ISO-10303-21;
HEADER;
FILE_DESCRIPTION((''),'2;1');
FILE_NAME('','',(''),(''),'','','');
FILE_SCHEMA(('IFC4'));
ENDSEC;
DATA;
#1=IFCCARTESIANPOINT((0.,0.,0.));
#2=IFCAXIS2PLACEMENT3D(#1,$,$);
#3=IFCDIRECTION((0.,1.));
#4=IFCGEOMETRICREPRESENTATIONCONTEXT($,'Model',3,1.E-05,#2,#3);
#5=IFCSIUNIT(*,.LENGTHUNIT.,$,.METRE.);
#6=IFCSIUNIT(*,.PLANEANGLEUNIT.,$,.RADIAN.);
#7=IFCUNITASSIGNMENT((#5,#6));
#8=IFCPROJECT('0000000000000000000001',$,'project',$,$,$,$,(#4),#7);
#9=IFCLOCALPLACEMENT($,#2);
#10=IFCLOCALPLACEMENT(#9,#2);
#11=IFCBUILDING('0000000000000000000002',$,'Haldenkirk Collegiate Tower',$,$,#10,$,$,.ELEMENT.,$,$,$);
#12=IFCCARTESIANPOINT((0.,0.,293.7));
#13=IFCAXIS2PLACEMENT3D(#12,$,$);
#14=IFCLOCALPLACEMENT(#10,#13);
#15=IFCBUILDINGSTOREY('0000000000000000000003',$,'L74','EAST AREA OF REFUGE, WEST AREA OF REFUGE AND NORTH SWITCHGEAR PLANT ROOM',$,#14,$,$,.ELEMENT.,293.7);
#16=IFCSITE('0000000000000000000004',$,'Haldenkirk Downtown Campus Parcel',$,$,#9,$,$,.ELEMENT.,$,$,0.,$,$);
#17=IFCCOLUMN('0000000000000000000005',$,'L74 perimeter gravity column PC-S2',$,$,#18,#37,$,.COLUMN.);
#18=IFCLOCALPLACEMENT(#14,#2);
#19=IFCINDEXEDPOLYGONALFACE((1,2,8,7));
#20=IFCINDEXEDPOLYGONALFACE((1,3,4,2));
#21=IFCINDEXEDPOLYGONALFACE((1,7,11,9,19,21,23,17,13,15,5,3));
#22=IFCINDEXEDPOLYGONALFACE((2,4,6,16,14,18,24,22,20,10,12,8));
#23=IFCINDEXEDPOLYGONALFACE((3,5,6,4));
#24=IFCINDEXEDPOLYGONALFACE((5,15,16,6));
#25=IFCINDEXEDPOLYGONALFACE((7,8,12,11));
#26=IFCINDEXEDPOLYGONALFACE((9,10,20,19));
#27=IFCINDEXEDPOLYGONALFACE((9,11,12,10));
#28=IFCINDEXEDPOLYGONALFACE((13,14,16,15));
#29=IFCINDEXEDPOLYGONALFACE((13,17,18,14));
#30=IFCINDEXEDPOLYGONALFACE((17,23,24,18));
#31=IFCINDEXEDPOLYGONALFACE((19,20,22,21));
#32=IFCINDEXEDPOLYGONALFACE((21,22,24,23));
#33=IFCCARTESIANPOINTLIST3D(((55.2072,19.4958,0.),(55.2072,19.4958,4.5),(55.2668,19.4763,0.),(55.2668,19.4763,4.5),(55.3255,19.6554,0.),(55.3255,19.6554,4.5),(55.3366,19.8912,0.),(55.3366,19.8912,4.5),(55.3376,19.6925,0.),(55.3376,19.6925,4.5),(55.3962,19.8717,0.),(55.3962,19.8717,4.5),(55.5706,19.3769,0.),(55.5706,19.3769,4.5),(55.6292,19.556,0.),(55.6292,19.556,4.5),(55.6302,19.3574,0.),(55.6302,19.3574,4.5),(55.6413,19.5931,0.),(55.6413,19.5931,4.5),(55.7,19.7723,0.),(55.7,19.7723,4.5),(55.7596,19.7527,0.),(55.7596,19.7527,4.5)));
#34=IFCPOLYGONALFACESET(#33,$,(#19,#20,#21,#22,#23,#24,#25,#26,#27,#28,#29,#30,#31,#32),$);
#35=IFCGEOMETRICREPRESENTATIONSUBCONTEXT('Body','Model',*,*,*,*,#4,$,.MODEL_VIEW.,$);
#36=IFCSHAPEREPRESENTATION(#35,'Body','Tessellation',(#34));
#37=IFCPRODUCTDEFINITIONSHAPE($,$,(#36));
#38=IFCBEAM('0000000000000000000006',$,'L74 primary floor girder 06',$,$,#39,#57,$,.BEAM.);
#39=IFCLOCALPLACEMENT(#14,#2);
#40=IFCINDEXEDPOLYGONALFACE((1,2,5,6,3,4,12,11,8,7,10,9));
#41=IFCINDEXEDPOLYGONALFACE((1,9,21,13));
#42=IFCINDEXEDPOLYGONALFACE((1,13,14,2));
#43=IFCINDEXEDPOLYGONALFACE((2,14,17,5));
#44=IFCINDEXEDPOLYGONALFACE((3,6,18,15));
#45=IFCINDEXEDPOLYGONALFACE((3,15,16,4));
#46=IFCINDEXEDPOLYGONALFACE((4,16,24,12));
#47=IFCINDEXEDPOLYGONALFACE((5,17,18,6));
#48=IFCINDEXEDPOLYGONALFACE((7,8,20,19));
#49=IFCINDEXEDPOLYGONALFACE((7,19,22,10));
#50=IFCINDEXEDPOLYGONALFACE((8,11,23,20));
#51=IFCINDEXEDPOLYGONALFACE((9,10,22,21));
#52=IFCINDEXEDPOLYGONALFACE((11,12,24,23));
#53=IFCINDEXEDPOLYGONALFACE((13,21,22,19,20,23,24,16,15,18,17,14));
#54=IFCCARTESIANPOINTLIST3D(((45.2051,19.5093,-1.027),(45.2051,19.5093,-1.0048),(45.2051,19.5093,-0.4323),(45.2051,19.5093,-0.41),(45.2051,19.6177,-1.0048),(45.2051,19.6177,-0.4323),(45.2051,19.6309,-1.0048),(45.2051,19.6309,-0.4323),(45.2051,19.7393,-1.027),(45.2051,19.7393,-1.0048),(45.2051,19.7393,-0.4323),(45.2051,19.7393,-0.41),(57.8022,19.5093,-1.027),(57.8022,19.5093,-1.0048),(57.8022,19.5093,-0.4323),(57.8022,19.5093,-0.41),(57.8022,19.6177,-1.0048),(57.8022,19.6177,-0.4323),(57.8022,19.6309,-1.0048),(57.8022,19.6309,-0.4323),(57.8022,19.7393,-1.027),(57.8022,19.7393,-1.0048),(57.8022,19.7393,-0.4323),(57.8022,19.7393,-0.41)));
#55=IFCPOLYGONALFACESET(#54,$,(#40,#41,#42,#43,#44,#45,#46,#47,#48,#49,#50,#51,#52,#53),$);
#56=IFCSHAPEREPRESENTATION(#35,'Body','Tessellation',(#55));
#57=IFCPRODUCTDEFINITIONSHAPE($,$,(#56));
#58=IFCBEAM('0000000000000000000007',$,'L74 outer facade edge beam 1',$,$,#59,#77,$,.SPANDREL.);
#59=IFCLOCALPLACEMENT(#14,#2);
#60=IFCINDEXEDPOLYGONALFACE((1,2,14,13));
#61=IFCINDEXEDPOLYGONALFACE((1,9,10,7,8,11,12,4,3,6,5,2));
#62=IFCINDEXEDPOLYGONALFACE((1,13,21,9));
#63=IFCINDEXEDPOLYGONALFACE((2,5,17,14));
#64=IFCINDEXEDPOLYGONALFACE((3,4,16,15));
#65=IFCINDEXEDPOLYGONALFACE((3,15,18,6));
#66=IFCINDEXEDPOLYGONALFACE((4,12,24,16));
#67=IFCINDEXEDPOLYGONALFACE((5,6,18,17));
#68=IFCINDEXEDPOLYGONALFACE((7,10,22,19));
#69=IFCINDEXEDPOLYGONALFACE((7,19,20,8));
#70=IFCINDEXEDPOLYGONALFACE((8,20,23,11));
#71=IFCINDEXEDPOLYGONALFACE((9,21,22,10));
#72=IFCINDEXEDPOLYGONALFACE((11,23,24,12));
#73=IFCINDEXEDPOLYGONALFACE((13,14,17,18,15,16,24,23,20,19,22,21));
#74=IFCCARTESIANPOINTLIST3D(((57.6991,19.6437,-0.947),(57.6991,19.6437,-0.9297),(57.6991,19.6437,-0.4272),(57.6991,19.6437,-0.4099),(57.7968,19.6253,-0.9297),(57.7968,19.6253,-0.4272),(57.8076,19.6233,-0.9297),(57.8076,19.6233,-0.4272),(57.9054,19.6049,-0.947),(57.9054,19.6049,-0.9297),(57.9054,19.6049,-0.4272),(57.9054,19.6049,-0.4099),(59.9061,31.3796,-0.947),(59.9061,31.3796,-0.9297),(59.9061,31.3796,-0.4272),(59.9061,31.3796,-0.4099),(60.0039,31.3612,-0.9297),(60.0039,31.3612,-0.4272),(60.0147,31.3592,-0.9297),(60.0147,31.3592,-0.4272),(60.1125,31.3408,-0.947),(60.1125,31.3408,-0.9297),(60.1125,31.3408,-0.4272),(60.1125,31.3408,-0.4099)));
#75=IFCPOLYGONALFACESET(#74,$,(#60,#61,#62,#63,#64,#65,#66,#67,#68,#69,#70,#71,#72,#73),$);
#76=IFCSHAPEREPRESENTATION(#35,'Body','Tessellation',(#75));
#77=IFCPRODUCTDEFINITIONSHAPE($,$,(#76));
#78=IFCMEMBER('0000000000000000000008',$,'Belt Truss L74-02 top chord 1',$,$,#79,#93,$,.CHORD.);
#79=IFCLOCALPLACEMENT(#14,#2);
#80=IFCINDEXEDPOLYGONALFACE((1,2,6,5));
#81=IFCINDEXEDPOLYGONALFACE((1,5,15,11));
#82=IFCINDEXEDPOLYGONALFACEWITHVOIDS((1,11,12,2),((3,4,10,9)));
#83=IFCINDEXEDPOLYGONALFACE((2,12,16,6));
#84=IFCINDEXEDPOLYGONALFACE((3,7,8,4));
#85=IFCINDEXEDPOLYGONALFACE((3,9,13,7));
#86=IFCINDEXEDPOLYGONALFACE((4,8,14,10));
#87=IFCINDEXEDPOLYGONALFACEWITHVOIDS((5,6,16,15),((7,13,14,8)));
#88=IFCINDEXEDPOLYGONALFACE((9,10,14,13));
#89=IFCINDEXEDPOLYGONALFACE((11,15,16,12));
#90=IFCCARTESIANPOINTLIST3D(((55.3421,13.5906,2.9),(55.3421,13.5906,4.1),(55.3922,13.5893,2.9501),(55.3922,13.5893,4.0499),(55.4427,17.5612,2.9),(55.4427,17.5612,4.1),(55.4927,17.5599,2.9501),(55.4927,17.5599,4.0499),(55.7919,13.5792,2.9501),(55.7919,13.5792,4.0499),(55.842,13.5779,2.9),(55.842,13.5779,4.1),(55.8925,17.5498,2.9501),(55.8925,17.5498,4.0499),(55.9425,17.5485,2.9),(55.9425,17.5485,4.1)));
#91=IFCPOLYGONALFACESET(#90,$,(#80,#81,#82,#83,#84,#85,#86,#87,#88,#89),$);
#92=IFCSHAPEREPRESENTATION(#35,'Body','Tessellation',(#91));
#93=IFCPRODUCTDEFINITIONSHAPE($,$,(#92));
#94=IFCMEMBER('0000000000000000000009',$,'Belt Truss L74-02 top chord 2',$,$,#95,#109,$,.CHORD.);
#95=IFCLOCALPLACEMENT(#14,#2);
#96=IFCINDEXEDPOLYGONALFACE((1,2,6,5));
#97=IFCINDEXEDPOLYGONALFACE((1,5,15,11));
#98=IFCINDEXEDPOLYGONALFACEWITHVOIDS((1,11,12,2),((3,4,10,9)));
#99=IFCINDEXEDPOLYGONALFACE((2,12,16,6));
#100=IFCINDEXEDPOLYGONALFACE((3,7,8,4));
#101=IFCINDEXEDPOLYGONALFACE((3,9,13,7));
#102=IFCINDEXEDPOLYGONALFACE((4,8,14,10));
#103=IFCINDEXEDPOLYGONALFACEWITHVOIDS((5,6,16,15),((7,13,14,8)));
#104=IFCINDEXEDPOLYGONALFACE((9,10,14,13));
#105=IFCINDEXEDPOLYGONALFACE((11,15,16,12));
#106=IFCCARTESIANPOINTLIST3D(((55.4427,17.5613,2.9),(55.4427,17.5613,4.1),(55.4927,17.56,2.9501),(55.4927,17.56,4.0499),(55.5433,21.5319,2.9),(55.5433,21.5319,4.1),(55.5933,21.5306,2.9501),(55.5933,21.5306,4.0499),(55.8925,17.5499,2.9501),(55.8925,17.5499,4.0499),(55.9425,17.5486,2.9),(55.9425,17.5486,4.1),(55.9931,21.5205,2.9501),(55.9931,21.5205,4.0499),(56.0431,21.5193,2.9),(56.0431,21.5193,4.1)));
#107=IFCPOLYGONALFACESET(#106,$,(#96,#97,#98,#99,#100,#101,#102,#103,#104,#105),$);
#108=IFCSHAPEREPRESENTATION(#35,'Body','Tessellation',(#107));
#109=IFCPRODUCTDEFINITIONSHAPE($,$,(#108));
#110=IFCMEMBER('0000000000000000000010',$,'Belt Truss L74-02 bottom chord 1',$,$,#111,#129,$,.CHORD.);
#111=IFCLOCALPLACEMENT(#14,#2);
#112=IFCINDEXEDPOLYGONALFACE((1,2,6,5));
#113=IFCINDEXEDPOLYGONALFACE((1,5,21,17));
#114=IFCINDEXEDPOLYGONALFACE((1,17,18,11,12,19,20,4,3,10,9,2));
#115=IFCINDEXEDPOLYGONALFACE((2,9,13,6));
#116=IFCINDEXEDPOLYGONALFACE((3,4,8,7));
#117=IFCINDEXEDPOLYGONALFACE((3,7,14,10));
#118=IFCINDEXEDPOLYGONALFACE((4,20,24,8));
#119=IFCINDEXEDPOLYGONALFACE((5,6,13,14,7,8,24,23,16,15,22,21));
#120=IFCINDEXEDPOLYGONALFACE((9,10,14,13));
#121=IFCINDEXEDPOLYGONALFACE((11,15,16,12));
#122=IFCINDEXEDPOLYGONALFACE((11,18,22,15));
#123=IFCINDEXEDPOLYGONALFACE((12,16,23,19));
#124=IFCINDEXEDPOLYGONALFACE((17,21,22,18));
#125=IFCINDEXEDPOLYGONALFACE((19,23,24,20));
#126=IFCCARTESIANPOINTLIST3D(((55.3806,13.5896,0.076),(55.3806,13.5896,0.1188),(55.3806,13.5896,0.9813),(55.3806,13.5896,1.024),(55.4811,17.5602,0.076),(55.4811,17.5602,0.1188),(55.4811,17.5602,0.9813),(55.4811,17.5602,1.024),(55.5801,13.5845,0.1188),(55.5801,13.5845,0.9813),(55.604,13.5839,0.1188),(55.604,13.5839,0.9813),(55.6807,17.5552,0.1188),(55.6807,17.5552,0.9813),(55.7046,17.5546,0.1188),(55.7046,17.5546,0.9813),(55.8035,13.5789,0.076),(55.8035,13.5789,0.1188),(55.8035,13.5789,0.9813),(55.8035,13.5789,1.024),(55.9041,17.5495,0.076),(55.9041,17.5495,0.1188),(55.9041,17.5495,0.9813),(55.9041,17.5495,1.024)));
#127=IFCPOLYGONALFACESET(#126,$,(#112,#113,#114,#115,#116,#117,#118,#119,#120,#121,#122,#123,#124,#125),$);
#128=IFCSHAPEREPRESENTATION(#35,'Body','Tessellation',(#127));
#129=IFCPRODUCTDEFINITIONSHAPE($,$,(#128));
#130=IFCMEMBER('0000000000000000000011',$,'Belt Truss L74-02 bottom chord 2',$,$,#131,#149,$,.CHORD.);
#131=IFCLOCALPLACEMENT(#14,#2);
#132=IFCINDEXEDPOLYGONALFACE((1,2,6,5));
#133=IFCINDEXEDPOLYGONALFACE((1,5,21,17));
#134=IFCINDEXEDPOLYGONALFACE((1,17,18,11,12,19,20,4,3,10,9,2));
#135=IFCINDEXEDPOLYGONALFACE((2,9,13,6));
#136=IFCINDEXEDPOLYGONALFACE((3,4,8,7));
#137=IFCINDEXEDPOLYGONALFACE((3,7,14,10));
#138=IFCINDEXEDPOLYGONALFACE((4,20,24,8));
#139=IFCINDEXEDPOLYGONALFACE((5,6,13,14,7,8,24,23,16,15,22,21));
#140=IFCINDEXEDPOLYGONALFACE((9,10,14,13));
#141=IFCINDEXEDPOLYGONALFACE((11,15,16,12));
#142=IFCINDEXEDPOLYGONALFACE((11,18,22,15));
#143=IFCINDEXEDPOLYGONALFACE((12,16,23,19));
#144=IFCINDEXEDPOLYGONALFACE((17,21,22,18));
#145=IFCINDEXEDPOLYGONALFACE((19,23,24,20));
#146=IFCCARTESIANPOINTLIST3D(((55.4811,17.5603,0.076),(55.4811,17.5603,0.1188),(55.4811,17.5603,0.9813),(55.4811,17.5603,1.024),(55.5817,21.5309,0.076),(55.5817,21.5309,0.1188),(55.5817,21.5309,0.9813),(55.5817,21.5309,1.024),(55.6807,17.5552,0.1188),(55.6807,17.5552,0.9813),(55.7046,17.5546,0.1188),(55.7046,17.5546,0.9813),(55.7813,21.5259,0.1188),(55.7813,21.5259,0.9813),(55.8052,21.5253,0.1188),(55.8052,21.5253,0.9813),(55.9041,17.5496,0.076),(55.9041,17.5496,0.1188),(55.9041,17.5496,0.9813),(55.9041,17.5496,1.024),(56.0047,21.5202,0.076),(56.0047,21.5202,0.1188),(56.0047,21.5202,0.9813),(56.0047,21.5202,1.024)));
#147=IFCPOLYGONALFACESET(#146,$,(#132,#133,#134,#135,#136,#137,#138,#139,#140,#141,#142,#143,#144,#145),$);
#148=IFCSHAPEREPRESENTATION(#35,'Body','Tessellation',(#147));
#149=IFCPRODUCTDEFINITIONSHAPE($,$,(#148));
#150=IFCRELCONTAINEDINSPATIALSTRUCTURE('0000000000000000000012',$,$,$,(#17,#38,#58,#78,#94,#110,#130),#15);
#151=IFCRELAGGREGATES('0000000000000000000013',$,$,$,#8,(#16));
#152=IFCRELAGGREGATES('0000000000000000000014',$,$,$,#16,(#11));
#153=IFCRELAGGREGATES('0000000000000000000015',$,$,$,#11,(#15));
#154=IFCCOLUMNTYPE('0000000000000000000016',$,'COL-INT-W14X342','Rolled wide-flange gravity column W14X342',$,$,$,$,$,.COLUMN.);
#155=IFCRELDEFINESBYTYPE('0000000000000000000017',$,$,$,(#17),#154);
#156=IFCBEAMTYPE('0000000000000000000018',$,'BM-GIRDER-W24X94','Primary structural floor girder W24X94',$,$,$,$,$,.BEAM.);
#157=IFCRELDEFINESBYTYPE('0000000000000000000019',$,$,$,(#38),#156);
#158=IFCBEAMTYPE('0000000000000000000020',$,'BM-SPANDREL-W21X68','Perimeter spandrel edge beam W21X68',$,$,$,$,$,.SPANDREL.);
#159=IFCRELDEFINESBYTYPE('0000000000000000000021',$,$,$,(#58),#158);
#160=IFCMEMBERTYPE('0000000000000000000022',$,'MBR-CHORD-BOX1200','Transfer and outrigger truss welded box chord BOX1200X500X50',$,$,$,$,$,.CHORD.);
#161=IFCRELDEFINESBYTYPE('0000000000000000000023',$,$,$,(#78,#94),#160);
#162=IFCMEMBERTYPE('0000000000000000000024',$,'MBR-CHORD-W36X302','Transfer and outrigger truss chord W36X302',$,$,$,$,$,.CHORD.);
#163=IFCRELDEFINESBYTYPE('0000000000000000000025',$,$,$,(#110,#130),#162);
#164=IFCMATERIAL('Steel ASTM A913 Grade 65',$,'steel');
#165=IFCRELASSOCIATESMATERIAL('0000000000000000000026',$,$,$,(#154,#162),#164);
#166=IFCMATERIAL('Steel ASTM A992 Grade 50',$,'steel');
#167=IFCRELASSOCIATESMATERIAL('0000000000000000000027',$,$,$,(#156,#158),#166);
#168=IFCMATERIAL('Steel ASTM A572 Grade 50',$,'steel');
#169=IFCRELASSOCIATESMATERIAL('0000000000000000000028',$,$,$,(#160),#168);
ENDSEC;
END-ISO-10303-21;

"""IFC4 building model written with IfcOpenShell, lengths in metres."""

from ifc_helpers import new_model, si_unit, direction, frame, origin, origin_2d, place, context, subcontext, project, spatial, hollow_rectangle, i_section, extrude, material, material_profile, profile_set, type_object, element, save


model = new_model("IFC4")

# Units and contexts
model_context = context("Model", 3, precision=1e-05, world=origin(), true_north=direction((0.0, 1.0)))
body_context = subcontext(model_context, "Body", "Model", "MODEL_VIEW")
ifc_project = project(units=[si_unit("LENGTHUNIT", "METRE"), si_unit("PLANEANGLEUNIT", "RADIAN")], contexts=[model_context])

# Site, building, storey
site_placement = place(None, origin())
site = spatial("IfcSite", under=ifc_project, at=site_placement, Name="Haldenkirk Downtown Campus Parcel", CompositionType="ELEMENT", RefElevation=0.0)
building_placement = place(site_placement, origin())
building = spatial("IfcBuilding", under=site, at=building_placement, Name="Haldenkirk Collegiate Tower", CompositionType="ELEMENT")
storey_placement = place(building_placement, frame((0.0, 0.0, 293.7)))
storey = spatial("IfcBuildingStorey", under=building, at=storey_placement, Name="L74", Description="EAST AREA OF REFUGE, WEST AREA OF REFUGE AND NORTH SWITCHGEAR PLANT ROOM", CompositionType="ELEMENT", Elevation=293.7)

# Column
ifc_material_1 = material(Name="Steel ASTM A913 Grade 65", Category="steel")
ifc_material_profile_1 = material_profile(ifc_material_1, i_section(OverallWidth=0.416, OverallDepth=0.4451, WebThickness=0.0391, FlangeThickness=0.0627, at=origin_2d()), Name="W14X342")
ifc_profile_set_1 = profile_set([ifc_material_profile_1], Name="Steel ASTM A913 Grade 65")
column_type = type_object("IfcColumnType", Name="COL-INT-W14X342", Description="Rolled wide-flange gravity column W14X342", PredefinedType="COLUMN", material=ifc_profile_set_1)
column_placement = place(storey_placement, frame((55.4834, 19.6243, 0.0), z_axis=(0.0, 0.0, 1.0), x_axis=(0.311008, 0.950407, 0.0)))
element("IfcColumn", 1, at=column_placement, inside=storey, type_object=column_type, Name="L74 perimeter gravity column PC-S2", PredefinedType="COLUMN", context=body_context, shape_type="SweptSolid", body=[
    extrude(i_section(OverallWidth=0.416, OverallDepth=0.4451, WebThickness=0.0391, FlangeThickness=0.0627, at=origin_2d()), origin(), (0.0, 0.0, 1.0), 4.5),
])

# Beams
ifc_material_2 = material(Name="Steel ASTM A992 Grade 50", Category="steel")
ifc_material_profile_2 = material_profile(ifc_material_2, i_section(OverallWidth=0.23, OverallDepth=0.6169, WebThickness=0.0132, FlangeThickness=0.0222, at=origin_2d()), Name="W24X94")
ifc_profile_set_2 = profile_set([ifc_material_profile_2], Name="Steel ASTM A992 Grade 50")
beam_type_1 = type_object("IfcBeamType", Name="BM-GIRDER-W24X94", Description="Primary structural floor girder W24X94", PredefinedType="BEAM", material=ifc_profile_set_2)
beam_1_placement = place(storey_placement, frame((57.8022, 19.6243, -0.7185), z_axis=(-1.0, 0.0, 0.0), x_axis=(0.0, -1.0, 0.0)))
element("IfcBeam", 2, at=beam_1_placement, inside=storey, type_object=beam_type_1, Name="L74 primary floor girder 06", PredefinedType="BEAM", context=body_context, shape_type="SweptSolid", body=[
    extrude(i_section(OverallWidth=0.23, OverallDepth=0.6169, WebThickness=0.0132, FlangeThickness=0.0222, at=origin_2d()), origin(), (0.0, 0.0, 1.0), 12.5972),
])
ifc_material_profile_3 = material_profile(ifc_material_2, i_section(OverallWidth=0.21, OverallDepth=0.5371, WebThickness=0.011, FlangeThickness=0.0173, at=origin_2d()), Name="W21X68")
ifc_profile_set_3 = profile_set([ifc_material_profile_3], Name="Steel ASTM A992 Grade 50")
beam_type_2 = type_object("IfcBeamType", Name="BM-SPANDREL-W21X68", Description="Perimeter spandrel edge beam W21X68", PredefinedType="SPANDREL", material=ifc_profile_set_3)
beam_2_placement = place(storey_placement, frame((57.8022, 19.6243, -0.6785), z_axis=(0.184819, 0.982773, 0.0), x_axis=(-0.982773, 0.184819, 0.0)))
element("IfcBeam", 3, at=beam_2_placement, inside=storey, type_object=beam_type_2, Name="L74 outer facade edge beam 1", PredefinedType="SPANDREL", context=body_context, shape_type="SweptSolid", body=[
    extrude(i_section(OverallWidth=0.21, OverallDepth=0.5371, WebThickness=0.011, FlangeThickness=0.0173, at=origin_2d()), origin(), (0.0, 0.0, 1.0), 11.9417),
])

# Members
ifc_material_3 = material(Name="Steel ASTM A572 Grade 50", Category="steel")
ifc_material_profile_4 = material_profile(ifc_material_3, hollow_rectangle(XDim=0.5, YDim=1.2, WallThickness=0.05, at=origin_2d()), Name="BOX1200X500X50")
ifc_profile_set_4 = profile_set([ifc_material_profile_4], Name="Steel ASTM A572 Grade 50")
member_type_1 = type_object("IfcMemberType", Name="MBR-CHORD-BOX1200", Description="Transfer and outrigger truss welded box chord BOX1200X500X50", PredefinedType="CHORD", material=ifc_profile_set_4)
for number, where, z_axis, x_axis, name in (
    (4, (55.592, 13.5842, 3.5), (0.025324, 0.999679, 0.0), (-0.999679, 0.025324, 0.0), "Belt Truss L74-02 top chord 1"),
    (5, (55.6926, 17.5549, 3.5), (0.025324, 0.999679, 0.0), (-0.999679, 0.025324, 0.0), "Belt Truss L74-02 top chord 2"),
):
    element("IfcMember", number, at=place(storey_placement, frame(where, z_axis=z_axis, x_axis=x_axis)), inside=storey, type_object=member_type_1, Name=name, PredefinedType="CHORD", context=body_context, shape_type="SweptSolid", body=[
        extrude(hollow_rectangle(XDim=0.5, YDim=1.2, WallThickness=0.05, at=origin_2d()), origin(), (0.0, 0.0, 1.0), 3.9719),
    ])
ifc_material_profile_5 = material_profile(ifc_material_1, i_section(OverallWidth=0.4231, OverallDepth=0.948, WebThickness=0.0239, FlangeThickness=0.0427, at=origin_2d()), Name="W36X302")
ifc_profile_set_5 = profile_set([ifc_material_profile_5], Name="Steel ASTM A913 Grade 65")
member_type_2 = type_object("IfcMemberType", Name="MBR-CHORD-W36X302", Description="Transfer and outrigger truss chord W36X302", PredefinedType="CHORD", material=ifc_profile_set_5)
for number, where, z_axis, x_axis, name in (
    (6, (55.592, 13.5842, 0.55), (0.025324, 0.999679, 0.0), (-0.999679, 0.025324, 0.0), "Belt Truss L74-02 bottom chord 1"),
    (7, (55.6926, 17.5549, 0.55), (0.025324, 0.999679, 0.0), (-0.999679, 0.025324, 0.0), "Belt Truss L74-02 bottom chord 2"),
):
    element("IfcMember", number, at=place(storey_placement, frame(where, z_axis=z_axis, x_axis=x_axis)), inside=storey, type_object=member_type_2, Name=name, PredefinedType="CHORD", context=body_context, shape_type="SweptSolid", body=[
        extrude(i_section(OverallWidth=0.4231, OverallDepth=0.948, WebThickness=0.0239, FlangeThickness=0.0427, at=origin_2d()), origin(), (0.0, 0.0, 1.0), 3.9719),
    ])

save(model, "model.ifc")
